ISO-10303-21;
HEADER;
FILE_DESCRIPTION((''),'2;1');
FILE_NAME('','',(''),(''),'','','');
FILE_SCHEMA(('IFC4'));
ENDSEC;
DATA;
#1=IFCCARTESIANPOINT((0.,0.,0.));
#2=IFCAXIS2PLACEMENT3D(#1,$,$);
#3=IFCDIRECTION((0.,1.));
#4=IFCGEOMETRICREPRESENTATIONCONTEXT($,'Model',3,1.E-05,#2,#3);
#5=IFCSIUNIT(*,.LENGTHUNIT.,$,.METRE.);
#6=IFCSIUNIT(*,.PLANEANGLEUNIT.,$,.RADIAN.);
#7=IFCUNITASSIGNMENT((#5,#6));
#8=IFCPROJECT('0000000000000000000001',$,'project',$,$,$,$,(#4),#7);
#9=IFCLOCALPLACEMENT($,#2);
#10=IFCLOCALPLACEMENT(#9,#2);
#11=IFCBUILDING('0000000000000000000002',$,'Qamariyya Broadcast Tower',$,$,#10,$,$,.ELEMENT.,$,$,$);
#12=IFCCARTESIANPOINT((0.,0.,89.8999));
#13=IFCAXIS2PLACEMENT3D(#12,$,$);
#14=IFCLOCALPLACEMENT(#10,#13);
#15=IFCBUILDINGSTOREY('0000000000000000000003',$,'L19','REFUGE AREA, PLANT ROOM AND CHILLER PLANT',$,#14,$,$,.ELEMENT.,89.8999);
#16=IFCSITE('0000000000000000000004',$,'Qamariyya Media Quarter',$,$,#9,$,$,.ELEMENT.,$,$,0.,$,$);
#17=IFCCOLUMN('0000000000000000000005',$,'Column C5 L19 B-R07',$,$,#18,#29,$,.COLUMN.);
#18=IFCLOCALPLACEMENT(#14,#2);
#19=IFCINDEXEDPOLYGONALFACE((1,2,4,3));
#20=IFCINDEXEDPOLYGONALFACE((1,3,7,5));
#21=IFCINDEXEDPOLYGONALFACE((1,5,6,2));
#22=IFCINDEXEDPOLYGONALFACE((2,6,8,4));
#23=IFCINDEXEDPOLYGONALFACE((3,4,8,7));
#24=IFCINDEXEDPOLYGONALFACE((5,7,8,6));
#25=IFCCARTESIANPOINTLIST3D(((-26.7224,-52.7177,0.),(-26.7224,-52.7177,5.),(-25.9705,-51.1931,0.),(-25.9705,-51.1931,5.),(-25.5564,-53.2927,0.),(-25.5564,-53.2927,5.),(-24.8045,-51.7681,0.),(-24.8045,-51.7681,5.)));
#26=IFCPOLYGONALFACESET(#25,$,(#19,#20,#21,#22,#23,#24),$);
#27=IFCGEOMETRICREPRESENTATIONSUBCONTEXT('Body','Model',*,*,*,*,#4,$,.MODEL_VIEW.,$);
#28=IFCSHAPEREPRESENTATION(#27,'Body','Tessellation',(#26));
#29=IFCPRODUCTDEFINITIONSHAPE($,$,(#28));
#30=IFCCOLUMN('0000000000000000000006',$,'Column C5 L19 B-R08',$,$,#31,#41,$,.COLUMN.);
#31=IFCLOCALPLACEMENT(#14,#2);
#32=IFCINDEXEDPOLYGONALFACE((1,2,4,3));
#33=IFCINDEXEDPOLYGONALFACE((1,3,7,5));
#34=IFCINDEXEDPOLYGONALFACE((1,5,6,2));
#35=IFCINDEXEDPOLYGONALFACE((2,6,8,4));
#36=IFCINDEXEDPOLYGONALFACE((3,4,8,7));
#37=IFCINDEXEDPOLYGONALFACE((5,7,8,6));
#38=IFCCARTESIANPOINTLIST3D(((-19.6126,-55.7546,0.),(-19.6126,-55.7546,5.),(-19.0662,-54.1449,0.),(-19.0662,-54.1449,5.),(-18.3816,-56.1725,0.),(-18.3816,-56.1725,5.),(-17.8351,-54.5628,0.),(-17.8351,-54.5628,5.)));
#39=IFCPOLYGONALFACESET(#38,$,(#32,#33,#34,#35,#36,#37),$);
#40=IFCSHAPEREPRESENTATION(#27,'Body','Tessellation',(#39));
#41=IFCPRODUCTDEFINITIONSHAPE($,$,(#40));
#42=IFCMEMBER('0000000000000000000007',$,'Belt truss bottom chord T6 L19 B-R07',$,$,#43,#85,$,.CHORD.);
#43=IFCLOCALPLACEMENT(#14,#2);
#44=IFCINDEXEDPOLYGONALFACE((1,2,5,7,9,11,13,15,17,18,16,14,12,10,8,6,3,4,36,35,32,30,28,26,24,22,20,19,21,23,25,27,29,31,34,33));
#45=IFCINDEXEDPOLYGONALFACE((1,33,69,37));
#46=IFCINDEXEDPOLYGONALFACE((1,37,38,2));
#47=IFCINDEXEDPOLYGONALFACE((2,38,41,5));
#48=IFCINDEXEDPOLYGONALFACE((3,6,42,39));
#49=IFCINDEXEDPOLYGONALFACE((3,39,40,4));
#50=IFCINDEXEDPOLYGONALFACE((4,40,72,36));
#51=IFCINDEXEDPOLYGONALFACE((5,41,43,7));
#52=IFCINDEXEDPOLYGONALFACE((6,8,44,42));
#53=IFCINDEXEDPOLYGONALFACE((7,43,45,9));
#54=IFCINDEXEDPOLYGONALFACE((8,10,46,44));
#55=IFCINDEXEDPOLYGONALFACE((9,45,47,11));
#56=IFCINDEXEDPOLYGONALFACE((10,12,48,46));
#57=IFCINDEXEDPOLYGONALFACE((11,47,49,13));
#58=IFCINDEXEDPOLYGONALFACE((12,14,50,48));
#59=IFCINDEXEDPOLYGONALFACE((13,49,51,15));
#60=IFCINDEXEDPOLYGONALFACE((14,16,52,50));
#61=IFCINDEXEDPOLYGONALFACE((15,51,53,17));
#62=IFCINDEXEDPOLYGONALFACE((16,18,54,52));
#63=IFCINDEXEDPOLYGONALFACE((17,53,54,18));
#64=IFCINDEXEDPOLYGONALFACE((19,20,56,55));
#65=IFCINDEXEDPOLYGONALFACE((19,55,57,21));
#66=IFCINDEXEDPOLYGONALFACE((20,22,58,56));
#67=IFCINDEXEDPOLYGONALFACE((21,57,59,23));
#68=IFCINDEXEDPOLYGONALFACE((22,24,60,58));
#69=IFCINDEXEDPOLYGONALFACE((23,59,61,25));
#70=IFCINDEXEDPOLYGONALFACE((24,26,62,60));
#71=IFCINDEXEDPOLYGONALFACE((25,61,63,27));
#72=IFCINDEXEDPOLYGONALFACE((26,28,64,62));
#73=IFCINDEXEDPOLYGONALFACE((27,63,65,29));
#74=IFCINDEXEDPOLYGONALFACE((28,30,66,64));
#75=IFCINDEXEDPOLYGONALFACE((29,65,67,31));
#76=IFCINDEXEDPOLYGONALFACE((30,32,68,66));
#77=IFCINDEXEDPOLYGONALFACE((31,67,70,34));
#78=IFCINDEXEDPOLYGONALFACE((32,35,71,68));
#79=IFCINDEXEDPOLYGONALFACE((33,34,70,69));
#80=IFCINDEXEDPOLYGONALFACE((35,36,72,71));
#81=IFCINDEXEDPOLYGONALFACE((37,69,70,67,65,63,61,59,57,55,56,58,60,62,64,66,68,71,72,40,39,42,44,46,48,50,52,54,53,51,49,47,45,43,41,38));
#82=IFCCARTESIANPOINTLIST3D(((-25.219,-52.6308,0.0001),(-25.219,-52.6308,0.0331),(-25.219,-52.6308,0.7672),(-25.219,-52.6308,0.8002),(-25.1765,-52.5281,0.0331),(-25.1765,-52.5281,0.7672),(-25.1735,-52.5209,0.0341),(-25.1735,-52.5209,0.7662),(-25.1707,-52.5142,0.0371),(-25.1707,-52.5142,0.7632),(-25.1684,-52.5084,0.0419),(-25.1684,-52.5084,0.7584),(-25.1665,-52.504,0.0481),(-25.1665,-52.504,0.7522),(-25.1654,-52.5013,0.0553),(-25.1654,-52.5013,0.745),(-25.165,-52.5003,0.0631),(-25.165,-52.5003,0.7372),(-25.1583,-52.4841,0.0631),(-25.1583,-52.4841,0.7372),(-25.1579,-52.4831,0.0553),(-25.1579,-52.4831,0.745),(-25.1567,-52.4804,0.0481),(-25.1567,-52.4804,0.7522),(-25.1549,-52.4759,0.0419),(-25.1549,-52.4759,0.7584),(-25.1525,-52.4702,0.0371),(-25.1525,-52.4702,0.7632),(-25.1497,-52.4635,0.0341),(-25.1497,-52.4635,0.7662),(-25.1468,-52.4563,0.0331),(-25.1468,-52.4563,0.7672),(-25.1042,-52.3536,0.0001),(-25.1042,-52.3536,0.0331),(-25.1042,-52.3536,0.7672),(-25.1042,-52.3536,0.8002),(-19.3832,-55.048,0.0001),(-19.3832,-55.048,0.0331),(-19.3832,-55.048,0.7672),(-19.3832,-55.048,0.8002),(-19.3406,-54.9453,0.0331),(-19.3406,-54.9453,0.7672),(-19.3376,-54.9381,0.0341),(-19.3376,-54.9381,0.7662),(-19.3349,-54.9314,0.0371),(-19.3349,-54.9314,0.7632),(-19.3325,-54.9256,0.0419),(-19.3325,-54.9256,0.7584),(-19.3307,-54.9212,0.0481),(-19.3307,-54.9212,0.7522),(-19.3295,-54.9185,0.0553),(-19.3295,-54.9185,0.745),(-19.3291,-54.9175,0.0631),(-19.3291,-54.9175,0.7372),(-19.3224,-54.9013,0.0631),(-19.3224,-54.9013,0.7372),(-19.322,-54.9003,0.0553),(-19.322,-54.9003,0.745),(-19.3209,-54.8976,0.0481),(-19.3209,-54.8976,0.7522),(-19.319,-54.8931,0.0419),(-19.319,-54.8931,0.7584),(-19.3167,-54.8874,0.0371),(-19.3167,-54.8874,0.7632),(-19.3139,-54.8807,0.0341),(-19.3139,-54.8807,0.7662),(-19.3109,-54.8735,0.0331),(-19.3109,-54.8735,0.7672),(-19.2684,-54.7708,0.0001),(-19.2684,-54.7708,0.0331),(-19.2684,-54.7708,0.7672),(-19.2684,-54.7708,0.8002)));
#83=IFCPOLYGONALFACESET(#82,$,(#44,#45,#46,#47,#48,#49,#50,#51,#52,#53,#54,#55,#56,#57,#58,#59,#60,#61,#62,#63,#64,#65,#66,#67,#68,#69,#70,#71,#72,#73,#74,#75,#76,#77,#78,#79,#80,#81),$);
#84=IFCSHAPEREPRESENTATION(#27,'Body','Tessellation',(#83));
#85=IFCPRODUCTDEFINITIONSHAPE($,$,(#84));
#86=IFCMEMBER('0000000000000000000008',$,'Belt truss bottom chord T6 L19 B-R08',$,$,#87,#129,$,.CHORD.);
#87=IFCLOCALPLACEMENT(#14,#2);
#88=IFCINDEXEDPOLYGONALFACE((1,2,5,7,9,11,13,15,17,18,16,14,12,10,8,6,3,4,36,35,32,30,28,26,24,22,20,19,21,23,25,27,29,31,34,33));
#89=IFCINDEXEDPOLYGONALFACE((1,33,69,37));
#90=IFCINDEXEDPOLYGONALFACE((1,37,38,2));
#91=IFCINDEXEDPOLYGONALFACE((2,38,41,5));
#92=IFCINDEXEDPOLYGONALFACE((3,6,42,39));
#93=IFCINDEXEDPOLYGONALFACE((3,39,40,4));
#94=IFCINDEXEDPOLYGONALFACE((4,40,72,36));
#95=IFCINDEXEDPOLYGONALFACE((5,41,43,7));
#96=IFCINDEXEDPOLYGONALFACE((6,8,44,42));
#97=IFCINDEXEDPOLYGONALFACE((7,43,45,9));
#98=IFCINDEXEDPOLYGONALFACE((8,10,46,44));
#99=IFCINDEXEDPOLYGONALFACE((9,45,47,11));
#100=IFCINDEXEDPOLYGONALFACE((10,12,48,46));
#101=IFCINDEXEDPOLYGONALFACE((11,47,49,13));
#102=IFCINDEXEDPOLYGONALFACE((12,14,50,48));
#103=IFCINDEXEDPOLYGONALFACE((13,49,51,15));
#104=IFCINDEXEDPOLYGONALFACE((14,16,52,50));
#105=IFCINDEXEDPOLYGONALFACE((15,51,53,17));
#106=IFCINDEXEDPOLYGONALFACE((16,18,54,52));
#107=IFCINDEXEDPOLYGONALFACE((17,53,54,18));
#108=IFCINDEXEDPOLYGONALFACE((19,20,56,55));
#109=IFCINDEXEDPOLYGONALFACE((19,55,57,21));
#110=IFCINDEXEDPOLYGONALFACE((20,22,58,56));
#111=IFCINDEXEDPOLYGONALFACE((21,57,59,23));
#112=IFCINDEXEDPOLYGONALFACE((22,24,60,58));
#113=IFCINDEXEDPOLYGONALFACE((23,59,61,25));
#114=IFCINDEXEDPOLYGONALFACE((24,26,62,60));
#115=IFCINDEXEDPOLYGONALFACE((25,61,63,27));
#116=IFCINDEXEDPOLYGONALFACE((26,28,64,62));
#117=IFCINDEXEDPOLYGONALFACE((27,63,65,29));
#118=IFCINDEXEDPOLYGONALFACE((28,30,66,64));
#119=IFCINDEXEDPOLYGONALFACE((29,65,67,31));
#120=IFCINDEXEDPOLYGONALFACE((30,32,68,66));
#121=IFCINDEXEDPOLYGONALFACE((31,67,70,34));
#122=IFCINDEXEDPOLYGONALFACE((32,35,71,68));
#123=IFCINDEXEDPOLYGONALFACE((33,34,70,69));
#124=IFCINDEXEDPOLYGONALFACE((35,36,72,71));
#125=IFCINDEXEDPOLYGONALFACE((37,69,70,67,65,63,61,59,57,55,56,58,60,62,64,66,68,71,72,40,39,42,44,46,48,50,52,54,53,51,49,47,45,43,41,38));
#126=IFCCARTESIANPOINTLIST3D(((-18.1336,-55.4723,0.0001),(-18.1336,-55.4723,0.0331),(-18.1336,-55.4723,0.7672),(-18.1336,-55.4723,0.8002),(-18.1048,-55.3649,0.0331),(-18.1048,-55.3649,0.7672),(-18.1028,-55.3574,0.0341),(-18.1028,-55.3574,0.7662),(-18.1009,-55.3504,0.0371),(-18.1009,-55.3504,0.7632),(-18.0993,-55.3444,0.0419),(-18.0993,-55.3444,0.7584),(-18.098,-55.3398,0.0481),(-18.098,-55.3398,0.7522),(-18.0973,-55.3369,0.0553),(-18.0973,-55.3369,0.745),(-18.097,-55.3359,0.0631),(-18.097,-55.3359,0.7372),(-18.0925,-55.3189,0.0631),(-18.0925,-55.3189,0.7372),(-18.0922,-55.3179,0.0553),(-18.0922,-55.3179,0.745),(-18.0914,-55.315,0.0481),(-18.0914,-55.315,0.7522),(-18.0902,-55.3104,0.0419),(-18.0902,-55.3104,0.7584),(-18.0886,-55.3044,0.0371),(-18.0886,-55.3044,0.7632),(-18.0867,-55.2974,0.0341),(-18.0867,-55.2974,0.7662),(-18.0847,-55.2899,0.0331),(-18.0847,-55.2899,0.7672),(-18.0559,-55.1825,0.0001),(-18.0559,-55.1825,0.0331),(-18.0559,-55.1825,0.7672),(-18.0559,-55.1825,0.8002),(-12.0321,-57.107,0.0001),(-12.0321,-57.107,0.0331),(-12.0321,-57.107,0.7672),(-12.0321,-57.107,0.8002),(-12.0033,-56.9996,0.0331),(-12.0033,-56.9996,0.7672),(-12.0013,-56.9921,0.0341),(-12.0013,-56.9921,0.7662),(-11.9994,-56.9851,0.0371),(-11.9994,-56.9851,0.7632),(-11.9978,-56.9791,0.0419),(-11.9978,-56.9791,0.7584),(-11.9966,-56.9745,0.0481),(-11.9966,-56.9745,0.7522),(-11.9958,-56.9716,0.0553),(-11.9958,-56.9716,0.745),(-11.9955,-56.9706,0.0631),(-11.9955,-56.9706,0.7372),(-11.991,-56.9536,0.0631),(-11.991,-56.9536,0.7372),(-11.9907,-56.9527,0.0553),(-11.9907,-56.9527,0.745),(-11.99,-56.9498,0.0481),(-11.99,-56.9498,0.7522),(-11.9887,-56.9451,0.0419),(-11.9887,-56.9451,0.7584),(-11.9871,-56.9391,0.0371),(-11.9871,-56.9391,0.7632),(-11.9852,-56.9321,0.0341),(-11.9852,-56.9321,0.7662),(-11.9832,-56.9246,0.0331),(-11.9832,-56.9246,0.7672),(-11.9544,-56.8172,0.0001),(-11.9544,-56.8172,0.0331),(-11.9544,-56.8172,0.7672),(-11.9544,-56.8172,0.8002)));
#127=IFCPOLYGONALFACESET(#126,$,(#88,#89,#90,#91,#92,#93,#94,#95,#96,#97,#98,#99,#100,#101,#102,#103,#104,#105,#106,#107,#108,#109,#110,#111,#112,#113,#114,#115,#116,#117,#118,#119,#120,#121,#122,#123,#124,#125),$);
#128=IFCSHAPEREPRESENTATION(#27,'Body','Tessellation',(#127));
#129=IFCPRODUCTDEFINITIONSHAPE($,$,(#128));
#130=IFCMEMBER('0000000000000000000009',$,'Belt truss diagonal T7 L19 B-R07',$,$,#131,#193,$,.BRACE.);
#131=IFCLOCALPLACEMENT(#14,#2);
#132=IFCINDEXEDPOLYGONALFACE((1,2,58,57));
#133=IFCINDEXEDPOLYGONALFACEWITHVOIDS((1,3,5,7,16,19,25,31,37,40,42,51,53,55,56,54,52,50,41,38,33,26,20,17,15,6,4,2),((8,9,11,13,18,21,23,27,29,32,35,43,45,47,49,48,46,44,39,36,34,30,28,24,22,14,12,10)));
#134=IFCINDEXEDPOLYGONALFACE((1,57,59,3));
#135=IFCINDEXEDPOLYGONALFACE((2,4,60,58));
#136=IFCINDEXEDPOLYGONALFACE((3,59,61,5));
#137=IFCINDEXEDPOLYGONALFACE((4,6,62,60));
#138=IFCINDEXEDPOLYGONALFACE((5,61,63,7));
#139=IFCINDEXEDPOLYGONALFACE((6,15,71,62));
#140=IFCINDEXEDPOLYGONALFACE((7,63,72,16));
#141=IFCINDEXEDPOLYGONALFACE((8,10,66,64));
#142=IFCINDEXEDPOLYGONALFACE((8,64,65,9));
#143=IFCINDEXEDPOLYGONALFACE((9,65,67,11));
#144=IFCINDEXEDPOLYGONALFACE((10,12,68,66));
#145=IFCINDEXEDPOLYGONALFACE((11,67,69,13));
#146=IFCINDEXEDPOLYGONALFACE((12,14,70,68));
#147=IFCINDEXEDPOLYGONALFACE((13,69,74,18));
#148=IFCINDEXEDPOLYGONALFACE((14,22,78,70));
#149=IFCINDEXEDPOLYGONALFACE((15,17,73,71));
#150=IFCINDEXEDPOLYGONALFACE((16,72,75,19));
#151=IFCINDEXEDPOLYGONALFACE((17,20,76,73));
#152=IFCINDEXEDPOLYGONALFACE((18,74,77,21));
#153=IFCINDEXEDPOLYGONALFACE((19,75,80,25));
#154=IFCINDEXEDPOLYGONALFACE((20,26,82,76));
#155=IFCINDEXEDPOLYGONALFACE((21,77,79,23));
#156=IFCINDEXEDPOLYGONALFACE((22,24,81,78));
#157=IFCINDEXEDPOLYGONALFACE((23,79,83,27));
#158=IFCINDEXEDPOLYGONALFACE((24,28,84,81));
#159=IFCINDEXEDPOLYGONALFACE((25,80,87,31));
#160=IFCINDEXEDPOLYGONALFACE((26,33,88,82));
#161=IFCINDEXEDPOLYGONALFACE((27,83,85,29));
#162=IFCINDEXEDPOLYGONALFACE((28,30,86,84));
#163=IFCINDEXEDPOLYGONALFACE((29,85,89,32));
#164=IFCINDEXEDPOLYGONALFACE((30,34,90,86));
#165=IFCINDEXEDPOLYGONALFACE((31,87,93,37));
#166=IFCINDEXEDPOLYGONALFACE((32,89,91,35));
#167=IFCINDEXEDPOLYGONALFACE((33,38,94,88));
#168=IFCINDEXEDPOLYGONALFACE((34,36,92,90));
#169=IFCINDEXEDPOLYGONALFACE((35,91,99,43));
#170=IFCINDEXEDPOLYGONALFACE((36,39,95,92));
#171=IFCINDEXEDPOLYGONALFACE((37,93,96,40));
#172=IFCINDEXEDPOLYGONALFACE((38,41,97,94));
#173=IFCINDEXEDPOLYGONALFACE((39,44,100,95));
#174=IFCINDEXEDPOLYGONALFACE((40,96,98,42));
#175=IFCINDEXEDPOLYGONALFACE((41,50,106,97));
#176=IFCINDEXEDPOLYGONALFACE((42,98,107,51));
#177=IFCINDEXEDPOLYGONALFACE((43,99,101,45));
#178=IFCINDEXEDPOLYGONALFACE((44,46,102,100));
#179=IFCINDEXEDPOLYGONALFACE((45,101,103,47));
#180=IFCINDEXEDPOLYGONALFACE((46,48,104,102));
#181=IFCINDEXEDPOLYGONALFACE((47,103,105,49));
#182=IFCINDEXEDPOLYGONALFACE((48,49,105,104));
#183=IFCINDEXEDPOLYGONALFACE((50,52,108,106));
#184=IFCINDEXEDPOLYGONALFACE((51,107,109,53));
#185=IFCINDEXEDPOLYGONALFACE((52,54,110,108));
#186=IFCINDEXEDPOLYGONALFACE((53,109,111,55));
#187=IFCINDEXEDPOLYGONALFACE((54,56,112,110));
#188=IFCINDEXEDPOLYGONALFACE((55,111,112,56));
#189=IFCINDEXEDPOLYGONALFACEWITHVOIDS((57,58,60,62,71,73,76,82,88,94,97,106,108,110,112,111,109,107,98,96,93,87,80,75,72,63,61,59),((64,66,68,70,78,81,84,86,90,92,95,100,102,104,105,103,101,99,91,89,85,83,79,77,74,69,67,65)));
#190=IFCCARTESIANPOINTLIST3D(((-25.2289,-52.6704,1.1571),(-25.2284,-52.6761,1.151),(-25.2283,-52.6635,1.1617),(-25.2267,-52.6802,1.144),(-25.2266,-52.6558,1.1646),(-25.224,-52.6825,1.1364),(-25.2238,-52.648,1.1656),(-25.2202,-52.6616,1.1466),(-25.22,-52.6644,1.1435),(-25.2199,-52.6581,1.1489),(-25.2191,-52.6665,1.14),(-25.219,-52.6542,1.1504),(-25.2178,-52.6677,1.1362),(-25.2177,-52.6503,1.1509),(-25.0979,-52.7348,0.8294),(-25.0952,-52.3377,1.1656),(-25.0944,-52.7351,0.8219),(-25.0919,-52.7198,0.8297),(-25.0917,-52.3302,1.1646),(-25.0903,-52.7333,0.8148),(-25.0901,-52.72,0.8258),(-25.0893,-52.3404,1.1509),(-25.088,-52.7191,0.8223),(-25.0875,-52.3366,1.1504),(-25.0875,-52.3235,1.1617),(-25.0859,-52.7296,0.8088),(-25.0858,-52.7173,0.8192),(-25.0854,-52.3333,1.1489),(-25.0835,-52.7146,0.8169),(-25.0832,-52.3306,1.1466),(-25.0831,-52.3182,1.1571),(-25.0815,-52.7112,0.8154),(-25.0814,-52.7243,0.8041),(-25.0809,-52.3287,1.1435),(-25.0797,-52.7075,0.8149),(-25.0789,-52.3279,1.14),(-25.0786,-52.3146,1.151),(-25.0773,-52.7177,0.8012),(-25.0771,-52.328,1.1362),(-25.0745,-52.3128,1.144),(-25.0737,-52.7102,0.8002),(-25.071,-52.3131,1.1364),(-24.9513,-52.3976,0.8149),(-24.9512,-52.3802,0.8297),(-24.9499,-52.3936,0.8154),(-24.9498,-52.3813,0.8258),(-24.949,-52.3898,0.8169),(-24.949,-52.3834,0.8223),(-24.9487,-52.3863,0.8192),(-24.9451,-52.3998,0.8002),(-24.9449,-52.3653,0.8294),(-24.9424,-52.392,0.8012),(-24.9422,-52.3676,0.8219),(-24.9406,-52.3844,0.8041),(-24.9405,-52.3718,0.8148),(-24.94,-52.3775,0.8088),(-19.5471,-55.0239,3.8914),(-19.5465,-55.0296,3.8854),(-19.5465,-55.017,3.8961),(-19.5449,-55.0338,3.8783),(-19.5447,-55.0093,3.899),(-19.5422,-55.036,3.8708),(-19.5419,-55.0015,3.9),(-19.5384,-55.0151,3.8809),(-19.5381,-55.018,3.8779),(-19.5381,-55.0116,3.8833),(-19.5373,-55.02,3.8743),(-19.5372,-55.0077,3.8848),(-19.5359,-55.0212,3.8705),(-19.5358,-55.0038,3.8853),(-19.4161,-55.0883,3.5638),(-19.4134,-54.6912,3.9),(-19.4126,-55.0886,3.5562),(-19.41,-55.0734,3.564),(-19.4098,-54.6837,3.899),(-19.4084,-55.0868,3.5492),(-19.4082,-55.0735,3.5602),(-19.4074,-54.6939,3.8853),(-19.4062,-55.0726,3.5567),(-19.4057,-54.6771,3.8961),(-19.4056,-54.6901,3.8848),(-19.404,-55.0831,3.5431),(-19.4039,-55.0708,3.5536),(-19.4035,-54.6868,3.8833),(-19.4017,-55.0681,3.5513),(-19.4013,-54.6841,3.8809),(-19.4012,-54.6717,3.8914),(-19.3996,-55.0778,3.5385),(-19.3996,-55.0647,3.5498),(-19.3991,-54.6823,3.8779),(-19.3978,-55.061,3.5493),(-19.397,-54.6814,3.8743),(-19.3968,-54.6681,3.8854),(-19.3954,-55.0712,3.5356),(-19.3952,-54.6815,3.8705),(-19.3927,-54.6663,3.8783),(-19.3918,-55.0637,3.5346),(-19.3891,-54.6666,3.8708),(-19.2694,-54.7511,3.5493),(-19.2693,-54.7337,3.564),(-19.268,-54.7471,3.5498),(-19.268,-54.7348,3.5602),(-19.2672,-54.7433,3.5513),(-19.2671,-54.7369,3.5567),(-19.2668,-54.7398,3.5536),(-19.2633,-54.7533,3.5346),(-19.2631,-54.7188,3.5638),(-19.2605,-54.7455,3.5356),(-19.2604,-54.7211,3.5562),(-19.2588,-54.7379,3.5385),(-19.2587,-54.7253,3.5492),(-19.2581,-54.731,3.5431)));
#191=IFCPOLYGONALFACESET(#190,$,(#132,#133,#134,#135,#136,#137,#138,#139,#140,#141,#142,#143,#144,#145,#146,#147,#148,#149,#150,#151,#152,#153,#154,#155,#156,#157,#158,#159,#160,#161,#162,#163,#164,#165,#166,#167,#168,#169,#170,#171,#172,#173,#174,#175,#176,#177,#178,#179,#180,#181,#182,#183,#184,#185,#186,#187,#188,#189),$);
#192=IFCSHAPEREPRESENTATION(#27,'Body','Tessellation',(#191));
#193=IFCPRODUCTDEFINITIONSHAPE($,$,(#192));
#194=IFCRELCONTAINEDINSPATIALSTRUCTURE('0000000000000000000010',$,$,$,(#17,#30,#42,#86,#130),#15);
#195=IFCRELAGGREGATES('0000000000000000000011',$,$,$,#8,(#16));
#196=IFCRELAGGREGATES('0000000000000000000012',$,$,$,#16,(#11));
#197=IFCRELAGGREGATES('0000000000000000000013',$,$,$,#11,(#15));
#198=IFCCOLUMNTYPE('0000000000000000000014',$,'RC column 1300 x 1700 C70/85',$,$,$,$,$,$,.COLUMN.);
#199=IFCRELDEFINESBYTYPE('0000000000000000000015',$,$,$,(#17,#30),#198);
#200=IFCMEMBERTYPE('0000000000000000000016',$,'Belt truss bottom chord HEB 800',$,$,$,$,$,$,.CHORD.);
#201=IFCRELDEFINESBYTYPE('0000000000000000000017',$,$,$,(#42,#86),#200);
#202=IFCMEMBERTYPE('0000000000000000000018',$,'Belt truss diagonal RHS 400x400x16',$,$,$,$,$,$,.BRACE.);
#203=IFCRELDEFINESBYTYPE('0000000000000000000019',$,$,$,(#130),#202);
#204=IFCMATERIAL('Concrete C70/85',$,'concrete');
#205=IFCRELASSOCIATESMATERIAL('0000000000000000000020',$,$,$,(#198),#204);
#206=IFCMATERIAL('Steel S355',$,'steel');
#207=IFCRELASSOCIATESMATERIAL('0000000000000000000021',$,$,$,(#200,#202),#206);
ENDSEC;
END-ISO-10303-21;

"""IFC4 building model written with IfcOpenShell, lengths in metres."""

from ifc_helpers import new_model, si_unit, direction, frame, origin, origin_2d, place, context, subcontext, project, spatial, rectangle, hollow_rectangle, i_section, extrude, material, material_profile, profile_set, type_object, element, save


model = new_model("IFC4")

# Units and contexts
model_context = context("Model", 3, precision=1e-05, world=origin(), true_north=direction((0.0, 1.0)))
body_context = subcontext(model_context, "Body", "Model", "MODEL_VIEW")
ifc_project = project(units=[si_unit("LENGTHUNIT", "METRE"), si_unit("PLANEANGLEUNIT", "RADIAN")], contexts=[model_context])

# Site, building, storey
site_placement = place(None, origin())
site = spatial("IfcSite", under=ifc_project, at=site_placement, Name="Qamariyya Media Quarter", CompositionType="ELEMENT", RefElevation=0.0)
building_placement = place(site_placement, origin())
building = spatial("IfcBuilding", under=site, at=building_placement, Name="Qamariyya Broadcast Tower", CompositionType="ELEMENT")
storey_placement = place(building_placement, frame((0.0, 0.0, 89.8999)))
storey = spatial("IfcBuildingStorey", under=building, at=storey_placement, Name="L19", Description="REFUGE AREA, PLANT ROOM AND CHILLER PLANT", CompositionType="ELEMENT", Elevation=89.8999)

# Columns
ifc_material_1 = material(Name="Concrete C70/85", Category="concrete")
ifc_material_profile_1 = material_profile(ifc_material_1, rectangle(XDim=1.3, YDim=1.7, at=origin_2d()))
ifc_profile_set_1 = profile_set([ifc_material_profile_1], Name="Concrete C70/85")
column_type = type_object("IfcColumnType", Name="RC column 1300 x 1700 C70/85", PredefinedType="COLUMN", material=ifc_profile_set_1)
for number, where, z_axis, x_axis, name in (
    (1, (-25.7634, -52.2429, 0.0), (0.0, 0.0, 1.0), (0.896873, -0.442289, 0.0), "Column C5 L19 B-R07"),
    (2, (-18.7239, -55.1587, 0.0), (0.0, 0.0, 1.0), (0.94693, -0.321439, 0.0), "Column C5 L19 B-R08"),
):
    element("IfcColumn", number, at=place(storey_placement, frame(where, z_axis=z_axis, x_axis=x_axis)), inside=storey, type_object=column_type, Name=name, PredefinedType="COLUMN", context=body_context, shape_type="SweptSolid", body=[
        extrude(rectangle(XDim=1.3, YDim=1.7, at=origin_2d()), origin(), (0.0, 0.0, 1.0), 5.0),
    ])

# Members
ifc_material_2 = material(Name="Steel S355", Category="steel")
ifc_material_profile_2 = material_profile(ifc_material_2, i_section(OverallWidth=0.3, OverallDepth=0.8, WebThickness=0.0176, FlangeThickness=0.033, FilletRadius=0.03, at=origin_2d()))
ifc_profile_set_2 = profile_set([ifc_material_profile_2], Name="Steel S355")
member_type_1 = type_object("IfcMemberType", Name="Belt truss bottom chord HEB 800", PredefinedType="CHORD", material=ifc_profile_set_2)
for number, where, z_axis, x_axis, name in (
    (3, (-25.1616, -52.4922, 0.4001), (0.923884, -0.382672, 0.0), (0.382672, 0.923884, 0.0), "Belt truss bottom chord T6 L19 B-R07"),
    (4, (-18.0947, -55.3274, 0.4001), (0.965931, -0.258798, 0.0), (0.258798, 0.965931, 0.0), "Belt truss bottom chord T6 L19 B-R08"),
):
    element("IfcMember", number, at=place(storey_placement, frame(where, z_axis=z_axis, x_axis=x_axis)), inside=storey, type_object=member_type_1, Name=name, PredefinedType="CHORD", context=body_context, shape_type="SweptSolid", body=[
        extrude(i_section(OverallWidth=0.3, OverallDepth=0.8, WebThickness=0.0176, FlangeThickness=0.033, FilletRadius=0.03, at=origin_2d()), origin(), (0.0, 0.0, 1.0), 6.3167),
    ])
ifc_material_profile_3 = material_profile(ifc_material_2, hollow_rectangle(XDim=0.3999, YDim=0.3999, WallThickness=0.0161, InnerFilletRadius=0.0161, OuterFilletRadius=0.032, at=origin_2d()))
ifc_profile_set_3 = profile_set([ifc_material_profile_3], Name="Steel S355")
member_type_2 = type_object("IfcMemberType", Name="Belt truss diagonal RHS 400x400x16", PredefinedType="BRACE", material=ifc_profile_set_3)
for number, where, z_axis, x_axis, name in (
    (5, (-25.0845, -52.5239, 0.9829), (0.844199, -0.349679, 0.406266), (0.382684, 0.923879, 0.0), "Belt truss diagonal T7 L19 B-R07"),
):
    element("IfcMember", number, at=place(storey_placement, frame(where, z_axis=z_axis, x_axis=x_axis)), inside=storey, type_object=member_type_2, Name=name, PredefinedType="BRACE", context=body_context, shape_type="SweptSolid", body=[
        extrude(hollow_rectangle(XDim=0.3999, YDim=0.3999, WallThickness=0.0161, InnerFilletRadius=0.0161, OuterFilletRadius=0.032, at=origin_2d()), origin(), (0.0, 0.0, 1.0), 6.7305),
    ])

save(model, "model.ifc")
